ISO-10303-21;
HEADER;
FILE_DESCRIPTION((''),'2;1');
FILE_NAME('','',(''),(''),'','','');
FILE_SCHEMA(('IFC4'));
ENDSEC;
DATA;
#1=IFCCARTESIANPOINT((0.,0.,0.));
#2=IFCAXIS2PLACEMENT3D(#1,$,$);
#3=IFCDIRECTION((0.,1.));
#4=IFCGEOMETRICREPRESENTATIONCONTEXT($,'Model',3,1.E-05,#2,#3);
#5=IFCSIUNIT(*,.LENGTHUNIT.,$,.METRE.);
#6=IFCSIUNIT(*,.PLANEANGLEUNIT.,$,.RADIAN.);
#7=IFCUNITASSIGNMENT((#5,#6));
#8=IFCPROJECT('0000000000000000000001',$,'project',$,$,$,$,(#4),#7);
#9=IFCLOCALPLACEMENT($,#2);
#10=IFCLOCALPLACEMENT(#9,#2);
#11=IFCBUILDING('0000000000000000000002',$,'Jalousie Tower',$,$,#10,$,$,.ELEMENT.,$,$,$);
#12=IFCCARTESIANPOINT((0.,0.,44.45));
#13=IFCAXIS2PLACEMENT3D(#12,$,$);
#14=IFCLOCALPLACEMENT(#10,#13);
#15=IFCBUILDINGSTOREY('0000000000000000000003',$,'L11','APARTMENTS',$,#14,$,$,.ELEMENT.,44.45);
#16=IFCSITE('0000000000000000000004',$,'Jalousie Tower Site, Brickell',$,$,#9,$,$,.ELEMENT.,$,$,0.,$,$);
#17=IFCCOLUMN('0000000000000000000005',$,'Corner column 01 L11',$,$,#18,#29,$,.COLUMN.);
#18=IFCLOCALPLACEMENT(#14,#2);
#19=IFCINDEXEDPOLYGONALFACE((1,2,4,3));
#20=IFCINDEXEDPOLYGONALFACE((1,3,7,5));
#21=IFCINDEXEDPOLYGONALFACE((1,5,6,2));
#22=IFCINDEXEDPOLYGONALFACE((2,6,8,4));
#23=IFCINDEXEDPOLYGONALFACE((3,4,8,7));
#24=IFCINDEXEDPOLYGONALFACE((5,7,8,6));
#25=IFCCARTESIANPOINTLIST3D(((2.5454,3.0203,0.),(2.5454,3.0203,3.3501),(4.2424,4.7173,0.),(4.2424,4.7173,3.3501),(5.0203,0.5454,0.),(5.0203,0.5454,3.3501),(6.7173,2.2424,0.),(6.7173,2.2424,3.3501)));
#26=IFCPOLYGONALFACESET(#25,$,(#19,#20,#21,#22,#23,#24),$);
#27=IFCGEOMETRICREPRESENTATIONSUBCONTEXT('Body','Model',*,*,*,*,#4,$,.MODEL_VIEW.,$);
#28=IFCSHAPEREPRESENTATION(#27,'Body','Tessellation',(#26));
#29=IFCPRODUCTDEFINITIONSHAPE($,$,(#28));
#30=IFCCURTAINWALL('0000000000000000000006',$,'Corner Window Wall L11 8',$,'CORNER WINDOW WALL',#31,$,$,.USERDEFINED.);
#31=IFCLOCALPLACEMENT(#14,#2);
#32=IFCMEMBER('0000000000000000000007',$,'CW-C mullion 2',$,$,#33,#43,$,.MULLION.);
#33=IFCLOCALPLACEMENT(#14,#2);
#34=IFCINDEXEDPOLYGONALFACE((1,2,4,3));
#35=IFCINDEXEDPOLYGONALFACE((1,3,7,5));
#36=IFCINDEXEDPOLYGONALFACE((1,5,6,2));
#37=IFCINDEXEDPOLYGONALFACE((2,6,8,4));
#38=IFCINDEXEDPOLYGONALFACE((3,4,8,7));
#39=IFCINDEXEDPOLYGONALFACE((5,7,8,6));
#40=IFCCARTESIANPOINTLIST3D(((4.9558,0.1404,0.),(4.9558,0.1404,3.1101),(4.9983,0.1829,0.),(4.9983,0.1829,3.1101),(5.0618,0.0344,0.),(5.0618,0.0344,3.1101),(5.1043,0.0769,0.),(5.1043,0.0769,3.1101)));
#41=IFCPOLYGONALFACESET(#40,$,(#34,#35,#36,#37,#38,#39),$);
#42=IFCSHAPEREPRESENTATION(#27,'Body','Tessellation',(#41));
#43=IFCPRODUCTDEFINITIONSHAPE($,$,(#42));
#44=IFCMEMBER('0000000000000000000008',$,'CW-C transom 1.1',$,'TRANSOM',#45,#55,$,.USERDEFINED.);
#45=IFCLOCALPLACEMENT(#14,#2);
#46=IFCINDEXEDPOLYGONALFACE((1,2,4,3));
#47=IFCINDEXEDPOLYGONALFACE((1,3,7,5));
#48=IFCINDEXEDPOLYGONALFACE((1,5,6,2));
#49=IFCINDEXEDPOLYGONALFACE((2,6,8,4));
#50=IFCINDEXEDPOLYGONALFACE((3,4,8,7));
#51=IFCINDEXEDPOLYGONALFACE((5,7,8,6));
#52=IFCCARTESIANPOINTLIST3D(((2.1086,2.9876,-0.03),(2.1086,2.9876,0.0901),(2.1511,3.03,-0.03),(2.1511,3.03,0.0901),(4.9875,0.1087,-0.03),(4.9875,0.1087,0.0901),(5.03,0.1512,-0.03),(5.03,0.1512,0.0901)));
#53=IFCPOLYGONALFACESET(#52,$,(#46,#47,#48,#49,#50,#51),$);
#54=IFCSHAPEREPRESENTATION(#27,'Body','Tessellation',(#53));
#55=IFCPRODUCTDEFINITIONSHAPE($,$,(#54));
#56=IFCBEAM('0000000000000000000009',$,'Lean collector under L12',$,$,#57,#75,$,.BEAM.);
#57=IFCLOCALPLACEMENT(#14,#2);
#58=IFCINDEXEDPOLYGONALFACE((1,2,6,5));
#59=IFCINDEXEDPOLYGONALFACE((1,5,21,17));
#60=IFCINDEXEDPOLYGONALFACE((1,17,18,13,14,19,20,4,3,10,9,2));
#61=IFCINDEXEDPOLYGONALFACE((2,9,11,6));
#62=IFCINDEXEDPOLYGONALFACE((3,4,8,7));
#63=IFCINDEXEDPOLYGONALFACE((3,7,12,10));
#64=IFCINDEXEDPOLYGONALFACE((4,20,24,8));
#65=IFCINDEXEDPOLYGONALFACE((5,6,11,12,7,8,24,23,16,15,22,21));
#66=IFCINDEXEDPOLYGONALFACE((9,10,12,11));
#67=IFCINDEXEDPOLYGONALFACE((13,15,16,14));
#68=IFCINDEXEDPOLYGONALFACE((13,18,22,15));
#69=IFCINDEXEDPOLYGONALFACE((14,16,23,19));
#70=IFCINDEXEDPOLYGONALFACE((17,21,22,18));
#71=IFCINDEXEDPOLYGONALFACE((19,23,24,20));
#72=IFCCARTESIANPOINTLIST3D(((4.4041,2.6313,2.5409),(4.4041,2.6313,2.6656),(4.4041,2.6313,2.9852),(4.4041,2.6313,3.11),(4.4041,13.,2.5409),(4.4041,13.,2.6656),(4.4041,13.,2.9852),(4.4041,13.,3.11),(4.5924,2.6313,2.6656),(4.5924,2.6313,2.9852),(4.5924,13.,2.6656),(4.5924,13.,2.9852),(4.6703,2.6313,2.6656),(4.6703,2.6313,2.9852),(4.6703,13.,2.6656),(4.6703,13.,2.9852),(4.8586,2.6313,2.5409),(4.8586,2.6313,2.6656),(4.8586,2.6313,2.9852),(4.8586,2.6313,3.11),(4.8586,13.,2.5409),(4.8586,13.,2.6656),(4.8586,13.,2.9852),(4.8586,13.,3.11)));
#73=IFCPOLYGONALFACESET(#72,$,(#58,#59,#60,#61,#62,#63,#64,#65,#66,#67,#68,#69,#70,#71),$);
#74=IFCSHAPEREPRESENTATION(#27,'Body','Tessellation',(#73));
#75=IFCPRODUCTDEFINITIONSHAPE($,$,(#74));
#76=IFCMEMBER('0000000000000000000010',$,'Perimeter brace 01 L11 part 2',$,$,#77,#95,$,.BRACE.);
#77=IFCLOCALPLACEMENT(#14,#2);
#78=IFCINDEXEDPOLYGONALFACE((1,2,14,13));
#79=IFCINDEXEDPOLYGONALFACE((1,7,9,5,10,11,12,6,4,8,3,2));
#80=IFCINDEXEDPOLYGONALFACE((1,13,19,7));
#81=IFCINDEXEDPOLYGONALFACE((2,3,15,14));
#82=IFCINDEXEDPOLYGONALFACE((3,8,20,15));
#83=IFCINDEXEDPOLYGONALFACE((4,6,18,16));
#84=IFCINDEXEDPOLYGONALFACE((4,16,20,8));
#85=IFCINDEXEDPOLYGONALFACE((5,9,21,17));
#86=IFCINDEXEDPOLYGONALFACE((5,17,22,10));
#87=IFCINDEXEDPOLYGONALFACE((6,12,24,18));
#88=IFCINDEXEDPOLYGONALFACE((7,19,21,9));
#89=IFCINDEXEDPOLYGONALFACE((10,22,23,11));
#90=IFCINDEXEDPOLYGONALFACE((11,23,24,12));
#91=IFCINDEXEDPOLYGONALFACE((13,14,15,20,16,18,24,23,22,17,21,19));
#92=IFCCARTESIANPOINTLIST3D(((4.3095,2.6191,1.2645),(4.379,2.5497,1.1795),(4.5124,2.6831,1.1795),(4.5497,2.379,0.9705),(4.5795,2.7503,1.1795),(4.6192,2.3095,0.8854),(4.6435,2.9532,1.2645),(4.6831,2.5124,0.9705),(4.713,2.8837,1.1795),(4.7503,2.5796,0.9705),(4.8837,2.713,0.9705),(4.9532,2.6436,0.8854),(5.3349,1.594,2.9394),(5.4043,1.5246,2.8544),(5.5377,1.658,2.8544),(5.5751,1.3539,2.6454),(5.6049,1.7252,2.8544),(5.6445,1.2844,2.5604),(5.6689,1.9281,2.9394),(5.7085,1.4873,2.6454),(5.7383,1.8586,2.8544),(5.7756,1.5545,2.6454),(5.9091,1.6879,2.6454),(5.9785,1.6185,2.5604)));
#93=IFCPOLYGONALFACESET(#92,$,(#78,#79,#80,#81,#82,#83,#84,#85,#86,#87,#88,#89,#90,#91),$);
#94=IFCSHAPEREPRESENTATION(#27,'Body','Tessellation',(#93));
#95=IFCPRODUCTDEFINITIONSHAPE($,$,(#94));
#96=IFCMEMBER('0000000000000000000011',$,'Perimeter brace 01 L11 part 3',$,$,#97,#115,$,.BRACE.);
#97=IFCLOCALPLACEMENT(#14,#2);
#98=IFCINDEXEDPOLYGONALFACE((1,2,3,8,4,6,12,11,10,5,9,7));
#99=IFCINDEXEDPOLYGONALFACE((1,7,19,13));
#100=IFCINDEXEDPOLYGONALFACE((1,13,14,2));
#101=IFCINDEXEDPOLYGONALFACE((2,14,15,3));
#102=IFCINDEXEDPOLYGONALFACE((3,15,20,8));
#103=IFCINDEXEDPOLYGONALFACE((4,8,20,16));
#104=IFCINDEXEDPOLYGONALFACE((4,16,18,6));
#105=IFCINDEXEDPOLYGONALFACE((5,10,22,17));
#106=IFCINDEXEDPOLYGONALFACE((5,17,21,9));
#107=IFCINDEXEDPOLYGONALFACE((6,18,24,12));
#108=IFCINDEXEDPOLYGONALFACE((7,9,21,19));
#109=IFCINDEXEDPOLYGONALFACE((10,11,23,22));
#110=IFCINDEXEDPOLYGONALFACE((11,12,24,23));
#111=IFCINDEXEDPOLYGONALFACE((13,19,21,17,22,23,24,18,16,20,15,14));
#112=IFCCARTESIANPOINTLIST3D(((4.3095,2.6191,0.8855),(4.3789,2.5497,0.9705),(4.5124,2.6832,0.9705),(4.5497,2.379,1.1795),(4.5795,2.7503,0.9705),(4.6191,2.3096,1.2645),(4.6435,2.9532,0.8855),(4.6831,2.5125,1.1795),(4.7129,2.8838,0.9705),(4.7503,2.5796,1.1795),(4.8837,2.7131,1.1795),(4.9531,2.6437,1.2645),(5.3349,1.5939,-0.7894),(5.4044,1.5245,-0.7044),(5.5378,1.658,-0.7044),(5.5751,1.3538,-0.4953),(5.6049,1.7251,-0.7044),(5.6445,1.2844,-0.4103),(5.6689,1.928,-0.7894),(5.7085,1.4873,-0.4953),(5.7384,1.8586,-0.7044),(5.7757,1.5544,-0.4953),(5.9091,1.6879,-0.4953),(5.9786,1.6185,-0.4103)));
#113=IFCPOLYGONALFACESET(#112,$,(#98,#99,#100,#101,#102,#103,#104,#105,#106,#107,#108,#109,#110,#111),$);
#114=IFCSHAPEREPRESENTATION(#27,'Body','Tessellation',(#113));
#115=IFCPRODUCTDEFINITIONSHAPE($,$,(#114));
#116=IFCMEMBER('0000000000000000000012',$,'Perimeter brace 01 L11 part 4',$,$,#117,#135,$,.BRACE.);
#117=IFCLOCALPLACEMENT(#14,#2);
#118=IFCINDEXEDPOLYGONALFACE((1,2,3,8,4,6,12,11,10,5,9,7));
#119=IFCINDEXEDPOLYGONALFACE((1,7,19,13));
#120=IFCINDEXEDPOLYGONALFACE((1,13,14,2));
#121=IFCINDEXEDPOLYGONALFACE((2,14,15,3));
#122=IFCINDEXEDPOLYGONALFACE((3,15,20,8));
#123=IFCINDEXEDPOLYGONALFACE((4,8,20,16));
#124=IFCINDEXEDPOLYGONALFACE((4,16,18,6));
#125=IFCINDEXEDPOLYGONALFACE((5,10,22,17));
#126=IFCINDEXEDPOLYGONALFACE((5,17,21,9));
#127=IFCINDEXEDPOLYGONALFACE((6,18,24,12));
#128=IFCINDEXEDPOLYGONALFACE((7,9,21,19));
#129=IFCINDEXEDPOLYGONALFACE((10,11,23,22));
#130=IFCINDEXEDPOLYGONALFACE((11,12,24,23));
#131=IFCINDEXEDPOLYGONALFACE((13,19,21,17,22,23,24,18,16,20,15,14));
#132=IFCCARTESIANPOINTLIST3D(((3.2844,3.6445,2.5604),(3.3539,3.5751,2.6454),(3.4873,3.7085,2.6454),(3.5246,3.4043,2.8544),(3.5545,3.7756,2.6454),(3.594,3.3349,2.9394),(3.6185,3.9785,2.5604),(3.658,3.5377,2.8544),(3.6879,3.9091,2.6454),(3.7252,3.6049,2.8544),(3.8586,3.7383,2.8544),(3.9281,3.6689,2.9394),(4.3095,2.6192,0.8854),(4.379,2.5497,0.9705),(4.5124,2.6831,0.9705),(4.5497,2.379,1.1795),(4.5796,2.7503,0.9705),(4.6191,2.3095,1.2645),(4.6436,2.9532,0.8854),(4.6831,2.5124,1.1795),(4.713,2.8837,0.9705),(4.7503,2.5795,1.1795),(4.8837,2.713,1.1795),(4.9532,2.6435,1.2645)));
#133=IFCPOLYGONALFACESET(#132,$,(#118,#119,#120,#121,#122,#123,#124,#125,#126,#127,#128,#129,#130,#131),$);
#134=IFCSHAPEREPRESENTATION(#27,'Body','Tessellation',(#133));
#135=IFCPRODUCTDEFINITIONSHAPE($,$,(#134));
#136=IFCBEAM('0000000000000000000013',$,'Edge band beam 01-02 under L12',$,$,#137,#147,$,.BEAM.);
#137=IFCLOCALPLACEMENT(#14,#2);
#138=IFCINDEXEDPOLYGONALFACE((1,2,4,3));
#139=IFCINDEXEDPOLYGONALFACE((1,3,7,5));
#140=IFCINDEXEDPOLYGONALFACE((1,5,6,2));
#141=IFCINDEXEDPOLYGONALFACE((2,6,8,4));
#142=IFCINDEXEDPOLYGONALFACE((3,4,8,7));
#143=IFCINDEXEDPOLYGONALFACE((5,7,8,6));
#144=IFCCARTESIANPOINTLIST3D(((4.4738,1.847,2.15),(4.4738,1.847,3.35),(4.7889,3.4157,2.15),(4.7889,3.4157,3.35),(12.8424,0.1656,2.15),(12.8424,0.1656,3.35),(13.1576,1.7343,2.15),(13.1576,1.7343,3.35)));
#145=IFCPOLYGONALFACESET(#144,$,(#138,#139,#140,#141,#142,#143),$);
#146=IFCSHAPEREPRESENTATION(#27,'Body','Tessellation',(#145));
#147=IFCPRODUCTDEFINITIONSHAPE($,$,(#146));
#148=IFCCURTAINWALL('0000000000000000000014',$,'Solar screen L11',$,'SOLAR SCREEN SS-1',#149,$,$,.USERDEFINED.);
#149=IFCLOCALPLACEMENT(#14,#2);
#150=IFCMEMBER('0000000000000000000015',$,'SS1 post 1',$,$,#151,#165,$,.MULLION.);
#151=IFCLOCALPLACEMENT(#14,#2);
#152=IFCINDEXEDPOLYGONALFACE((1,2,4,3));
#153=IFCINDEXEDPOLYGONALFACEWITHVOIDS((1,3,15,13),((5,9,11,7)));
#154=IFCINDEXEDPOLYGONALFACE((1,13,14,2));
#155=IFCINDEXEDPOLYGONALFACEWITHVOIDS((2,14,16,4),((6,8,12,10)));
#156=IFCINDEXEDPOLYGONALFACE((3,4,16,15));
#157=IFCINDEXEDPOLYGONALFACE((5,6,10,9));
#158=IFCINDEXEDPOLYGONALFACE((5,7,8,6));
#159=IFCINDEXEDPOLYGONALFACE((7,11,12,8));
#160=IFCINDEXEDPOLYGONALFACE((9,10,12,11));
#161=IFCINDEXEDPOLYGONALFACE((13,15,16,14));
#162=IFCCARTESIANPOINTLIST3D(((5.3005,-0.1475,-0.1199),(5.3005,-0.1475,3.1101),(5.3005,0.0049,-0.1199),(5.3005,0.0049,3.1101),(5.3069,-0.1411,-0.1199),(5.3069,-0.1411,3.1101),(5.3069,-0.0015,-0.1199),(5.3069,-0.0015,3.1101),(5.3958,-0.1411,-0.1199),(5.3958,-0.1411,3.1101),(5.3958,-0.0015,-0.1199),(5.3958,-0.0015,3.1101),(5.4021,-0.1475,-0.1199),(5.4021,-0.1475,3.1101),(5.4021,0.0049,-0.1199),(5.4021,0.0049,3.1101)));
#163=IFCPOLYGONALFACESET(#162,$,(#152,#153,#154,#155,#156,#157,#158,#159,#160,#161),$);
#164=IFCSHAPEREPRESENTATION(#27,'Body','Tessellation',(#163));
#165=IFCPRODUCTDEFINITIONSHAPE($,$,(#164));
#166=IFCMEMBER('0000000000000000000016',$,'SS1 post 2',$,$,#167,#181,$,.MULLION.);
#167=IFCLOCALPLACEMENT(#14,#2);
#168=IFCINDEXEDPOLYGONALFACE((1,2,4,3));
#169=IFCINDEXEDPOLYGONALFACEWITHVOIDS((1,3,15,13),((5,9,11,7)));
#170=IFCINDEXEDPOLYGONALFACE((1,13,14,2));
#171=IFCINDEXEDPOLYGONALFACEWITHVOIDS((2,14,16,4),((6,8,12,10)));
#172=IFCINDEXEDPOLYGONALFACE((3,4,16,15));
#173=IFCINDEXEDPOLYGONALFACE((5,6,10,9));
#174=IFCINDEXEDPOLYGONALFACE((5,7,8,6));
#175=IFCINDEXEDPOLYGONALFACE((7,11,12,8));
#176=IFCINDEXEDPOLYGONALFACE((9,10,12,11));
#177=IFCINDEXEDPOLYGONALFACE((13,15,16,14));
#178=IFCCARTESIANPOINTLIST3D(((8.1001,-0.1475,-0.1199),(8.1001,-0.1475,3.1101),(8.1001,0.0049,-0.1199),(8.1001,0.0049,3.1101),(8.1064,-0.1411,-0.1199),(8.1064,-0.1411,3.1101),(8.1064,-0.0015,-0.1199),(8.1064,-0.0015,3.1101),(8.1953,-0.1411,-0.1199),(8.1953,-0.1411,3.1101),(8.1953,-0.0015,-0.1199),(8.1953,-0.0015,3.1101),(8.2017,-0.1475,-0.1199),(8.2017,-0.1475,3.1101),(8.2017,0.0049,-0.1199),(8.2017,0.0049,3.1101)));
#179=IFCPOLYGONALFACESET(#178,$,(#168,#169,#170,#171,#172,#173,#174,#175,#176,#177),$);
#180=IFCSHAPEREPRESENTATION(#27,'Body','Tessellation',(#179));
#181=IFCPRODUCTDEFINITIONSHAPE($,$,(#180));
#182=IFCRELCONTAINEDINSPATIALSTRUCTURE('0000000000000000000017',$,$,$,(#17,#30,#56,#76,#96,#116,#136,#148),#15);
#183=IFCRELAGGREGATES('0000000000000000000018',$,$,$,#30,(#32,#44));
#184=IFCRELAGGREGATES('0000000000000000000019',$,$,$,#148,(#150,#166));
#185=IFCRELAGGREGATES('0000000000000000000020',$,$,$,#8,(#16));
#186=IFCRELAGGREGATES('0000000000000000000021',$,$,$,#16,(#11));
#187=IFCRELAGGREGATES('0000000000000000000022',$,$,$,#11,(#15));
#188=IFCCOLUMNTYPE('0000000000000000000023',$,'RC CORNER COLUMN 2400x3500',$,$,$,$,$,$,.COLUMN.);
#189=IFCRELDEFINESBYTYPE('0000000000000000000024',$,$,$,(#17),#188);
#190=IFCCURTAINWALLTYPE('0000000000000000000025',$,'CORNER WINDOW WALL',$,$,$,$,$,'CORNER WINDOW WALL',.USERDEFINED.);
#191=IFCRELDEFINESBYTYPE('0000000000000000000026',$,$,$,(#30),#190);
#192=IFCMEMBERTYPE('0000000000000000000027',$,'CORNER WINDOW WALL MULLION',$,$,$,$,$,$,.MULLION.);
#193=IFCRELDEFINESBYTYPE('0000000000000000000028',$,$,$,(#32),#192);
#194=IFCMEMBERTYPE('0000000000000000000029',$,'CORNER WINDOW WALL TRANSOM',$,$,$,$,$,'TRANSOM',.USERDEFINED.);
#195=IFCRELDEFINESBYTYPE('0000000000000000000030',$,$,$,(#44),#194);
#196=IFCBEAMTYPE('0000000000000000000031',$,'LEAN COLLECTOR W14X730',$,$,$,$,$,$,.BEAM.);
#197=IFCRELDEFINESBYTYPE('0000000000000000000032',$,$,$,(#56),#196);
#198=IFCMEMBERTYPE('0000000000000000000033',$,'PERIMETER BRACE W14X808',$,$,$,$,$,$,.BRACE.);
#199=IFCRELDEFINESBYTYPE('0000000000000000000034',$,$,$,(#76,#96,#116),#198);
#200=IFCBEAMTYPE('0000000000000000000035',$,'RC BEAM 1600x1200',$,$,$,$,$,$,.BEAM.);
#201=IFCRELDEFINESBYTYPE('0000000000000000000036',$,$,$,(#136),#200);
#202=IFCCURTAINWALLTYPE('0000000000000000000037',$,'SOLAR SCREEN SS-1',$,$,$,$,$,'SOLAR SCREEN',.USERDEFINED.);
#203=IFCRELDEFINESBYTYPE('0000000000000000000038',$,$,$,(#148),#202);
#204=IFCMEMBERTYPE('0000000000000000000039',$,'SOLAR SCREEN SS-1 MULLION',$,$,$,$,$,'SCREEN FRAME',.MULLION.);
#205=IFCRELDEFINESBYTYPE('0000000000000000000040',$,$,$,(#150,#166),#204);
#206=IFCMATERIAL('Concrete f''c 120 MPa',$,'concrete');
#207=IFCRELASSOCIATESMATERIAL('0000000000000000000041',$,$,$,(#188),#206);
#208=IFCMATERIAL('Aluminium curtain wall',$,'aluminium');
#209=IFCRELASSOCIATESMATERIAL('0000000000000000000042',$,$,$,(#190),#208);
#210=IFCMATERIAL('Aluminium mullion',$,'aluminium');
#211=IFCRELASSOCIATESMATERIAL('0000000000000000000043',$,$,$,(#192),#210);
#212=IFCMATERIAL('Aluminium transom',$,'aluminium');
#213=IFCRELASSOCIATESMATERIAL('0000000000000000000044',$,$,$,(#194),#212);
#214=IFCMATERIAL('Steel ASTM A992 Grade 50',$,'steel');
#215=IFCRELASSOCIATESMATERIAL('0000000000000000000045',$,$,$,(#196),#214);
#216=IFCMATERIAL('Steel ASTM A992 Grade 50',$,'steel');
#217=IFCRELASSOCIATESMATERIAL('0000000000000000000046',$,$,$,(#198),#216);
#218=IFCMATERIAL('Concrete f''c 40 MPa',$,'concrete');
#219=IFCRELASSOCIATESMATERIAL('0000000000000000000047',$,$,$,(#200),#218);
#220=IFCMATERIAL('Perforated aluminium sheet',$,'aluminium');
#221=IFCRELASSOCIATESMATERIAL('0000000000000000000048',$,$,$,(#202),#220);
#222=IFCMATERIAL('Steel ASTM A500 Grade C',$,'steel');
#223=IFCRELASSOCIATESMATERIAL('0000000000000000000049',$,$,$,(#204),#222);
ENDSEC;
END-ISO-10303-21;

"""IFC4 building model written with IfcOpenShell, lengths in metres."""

from ifc_helpers import new_model, si_unit, direction, frame, origin, origin_2d, place, context, subcontext, project, spatial, rectangle, hollow_rectangle, i_section, extrude, material, material_profile, profile_set, type_object, element, aggregate, save


model = new_model("IFC4")

# Units and contexts
model_context = context("Model", 3, precision=1e-05, world=origin(), true_north=direction((0.0, 1.0)))
body_context = subcontext(model_context, "Body", "Model", "MODEL_VIEW")
ifc_project = project(units=[si_unit("LENGTHUNIT", "METRE"), si_unit("PLANEANGLEUNIT", "RADIAN")], contexts=[model_context])

# Site, building, storey
site_placement = place(None, origin())
site = spatial("IfcSite", under=ifc_project, at=site_placement, Name="Jalousie Tower Site, Brickell", CompositionType="ELEMENT", RefElevation=0.0)
building_placement = place(site_placement, origin())
building = spatial("IfcBuilding", under=site, at=building_placement, Name="Jalousie Tower", CompositionType="ELEMENT")
storey_placement = place(building_placement, frame((0.0, 0.0, 44.45)))
storey = spatial("IfcBuildingStorey", under=building, at=storey_placement, Name="L11", Description="APARTMENTS", CompositionType="ELEMENT", Elevation=44.45)

# Column
ifc_material_1 = material(Name="Concrete f'c 120 MPa", Category="concrete")
ifc_material_profile_1 = material_profile(ifc_material_1, rectangle(XDim=2.3999, YDim=3.5, at=origin_2d()), Name="RC 2400x3500")
ifc_profile_set_1 = profile_set([ifc_material_profile_1], Name="Concrete f'c 120 MPa")
column_type = type_object("IfcColumnType", Name="RC CORNER COLUMN 2400x3500", PredefinedType="COLUMN", material=ifc_profile_set_1)
column_placement = place(storey_placement, frame((4.6313, 2.6313, 0.0), z_axis=(0.0, 0.0, 1.0), x_axis=(0.707107, 0.707107, 0.0)))
element("IfcColumn", 1, at=column_placement, inside=storey, type_object=column_type, Name="Corner column 01 L11", PredefinedType="COLUMN", context=body_context, shape_type="SweptSolid", body=[
    extrude(rectangle(XDim=2.3999, YDim=3.5, at=origin_2d()), origin(), (0.0, 0.0, 1.0), 3.3501),
])

# Curtain wall, members
ifc_material_2 = material(Name="Aluminium curtain wall", Category="aluminium")
curtain_wall_type_1 = type_object("IfcCurtainWallType", Name="CORNER WINDOW WALL", ElementType="CORNER WINDOW WALL", PredefinedType="USERDEFINED", material=ifc_material_2)
curtain_wall_1_placement = place(storey_placement, origin())
curtain_wall_1 = element("IfcCurtainWall", 2, at=curtain_wall_1_placement, inside=storey, type_object=curtain_wall_type_1, Name="Corner Window Wall L11 8", ObjectType="CORNER WINDOW WALL", PredefinedType="USERDEFINED")
ifc_material_3 = material(Name="Aluminium mullion", Category="aluminium")
ifc_material_profile_2 = material_profile(ifc_material_3, rectangle(XDim=0.0601, YDim=0.1499, at=origin_2d()), Name="MULLION 60x150")
ifc_profile_set_2 = profile_set([ifc_material_profile_2], Name="Aluminium mullion")
member_type_1 = type_object("IfcMemberType", Name="CORNER WINDOW WALL MULLION", PredefinedType="MULLION", material=ifc_profile_set_2)
member_1_placement = place(storey_placement, frame((5.03, 0.1086, 0.0), z_axis=(0.0, 0.0, 1.0), x_axis=(0.707107, 0.707107, 0.0)))
member_1 = element("IfcMember", 3, at=member_1_placement, type_object=member_type_1, Name="CW-C mullion 2", PredefinedType="MULLION", context=body_context, shape_type="SweptSolid", body=[
    extrude(rectangle(XDim=0.0601, YDim=0.1499, at=origin_2d()), origin(), (0.0, 0.0, 1.0), 3.1101),
])
ifc_material_4 = material(Name="Aluminium transom", Category="aluminium")
ifc_material_profile_3 = material_profile(ifc_material_4, rectangle(XDim=0.0601, YDim=0.1201, at=origin_2d()), Name="TRANSOM 60x120")
ifc_profile_set_3 = profile_set([ifc_material_profile_3], Name="Aluminium transom")
member_type_2 = type_object("IfcMemberType", Name="CORNER WINDOW WALL TRANSOM", ElementType="TRANSOM", PredefinedType="USERDEFINED", material=ifc_profile_set_3)
member_2_placement = place(storey_placement, frame((2.1299, 3.0088, 0.03), z_axis=(0.707107, -0.707107, 0.0), x_axis=(0.707107, 0.707107, 0.0)))
member_2 = element("IfcMember", 4, at=member_2_placement, type_object=member_type_2, Name="CW-C transom 1.1", ObjectType="TRANSOM", PredefinedType="USERDEFINED", context=body_context, shape_type="SweptSolid", body=[
    extrude(rectangle(XDim=0.0601, YDim=0.1201, at=origin_2d()), origin(), (0.0, 0.0, 1.0), 4.0713),
])

# Beam
ifc_material_5 = material(Name="Steel ASTM A992 Grade 50", Category="steel")
ifc_material_profile_4 = material_profile(ifc_material_5, i_section(OverallWidth=0.4546, OverallDepth=0.5691, WebThickness=0.0779, FlangeThickness=0.1248, at=origin_2d()), Name="W14X730")
ifc_profile_set_4 = profile_set([ifc_material_profile_4], Name="Steel ASTM A992 Grade 50")
beam_type_1 = type_object("IfcBeamType", Name="LEAN COLLECTOR W14X730", PredefinedType="BEAM", material=ifc_profile_set_4)
beam_1_placement = place(storey_placement, frame((4.6313, 2.6313, 2.8254), z_axis=(0.0, 1.0, 0.0), x_axis=(-1.0, 0.0, 0.0)))
element("IfcBeam", 5, at=beam_1_placement, inside=storey, type_object=beam_type_1, Name="Lean collector under L12", PredefinedType="BEAM", context=body_context, shape_type="SweptSolid", body=[
    extrude(i_section(OverallWidth=0.4546, OverallDepth=0.5691, WebThickness=0.0779, FlangeThickness=0.1248, at=origin_2d()), origin(), (0.0, 0.0, 1.0), 10.3687),
])

# Members
ifc_material_6 = material(Name="Steel ASTM A992 Grade 50", Category="steel")
ifc_material_profile_5 = material_profile(ifc_material_6, i_section(OverallWidth=0.4724, OverallDepth=0.5791, WebThickness=0.095, FlangeThickness=0.1299, at=origin_2d()), Name="W14X808")
ifc_profile_set_5 = profile_set([ifc_material_profile_5], Name="Steel ASTM A992 Grade 50")
member_type_3 = type_object("IfcMemberType", Name="PERIMETER BRACE W14X808", PredefinedType="BRACE", material=ifc_profile_set_5)
for number, where, z_axis, x_axis, name in (
    (6, (4.6313, 2.6313, 1.075), (0.46284, -0.46273, 0.756082), (0.707023, 0.707191, 0.0), "Perimeter brace 01 L11 part 2"),
    (7, (5.6567, 1.6062, -0.5999), (-0.462879, 0.462768, 0.756035), (-0.707023, -0.707191, 0.0), "Perimeter brace 01 L11 part 3"),
    (8, (4.6313, 2.6313, 1.075), (-0.46273, 0.46284, 0.756082), (-0.707191, -0.707023, 0.0), "Perimeter brace 01 L11 part 4"),
):
    element("IfcMember", number, at=place(storey_placement, frame(where, z_axis=z_axis, x_axis=x_axis)), inside=storey, type_object=member_type_3, Name=name, PredefinedType="BRACE", context=body_context, shape_type="SweptSolid", body=[
        extrude(i_section(OverallWidth=0.4724, OverallDepth=0.5791, WebThickness=0.095, FlangeThickness=0.1299, at=origin_2d()), origin(), (0.0, 0.0, 1.0), 2.2153),
    ])

# Beam
ifc_material_7 = material(Name="Concrete f'c 40 MPa", Category="concrete")
ifc_material_profile_6 = material_profile(ifc_material_7, rectangle(XDim=1.6001, YDim=1.2, at=origin_2d()), Name="RC 1600x1200")
ifc_profile_set_6 = profile_set([ifc_material_profile_6], Name="Concrete f'c 40 MPa")
beam_type_2 = type_object("IfcBeamType", Name="RC BEAM 1600x1200", PredefinedType="BEAM", material=ifc_profile_set_6)
beam_2_placement = place(storey_placement, frame((4.6313, 2.6313, 2.75), z_axis=(0.980408, -0.19698, 0.0), x_axis=(0.19698, 0.980408, 0.0)))
element("IfcBeam", 9, at=beam_2_placement, inside=storey, type_object=beam_type_2, Name="Edge band beam 01-02 under L12", PredefinedType="BEAM", context=body_context, shape_type="SweptSolid", body=[
    extrude(rectangle(XDim=1.6001, YDim=1.2, at=origin_2d()), origin(), (0.0, 0.0, 1.0), 8.5359),
])

# Curtain wall, members
ifc_material_8 = material(Name="Perforated aluminium sheet", Category="aluminium")
curtain_wall_type_2 = type_object("IfcCurtainWallType", Name="SOLAR SCREEN SS-1", ElementType="SOLAR SCREEN", PredefinedType="USERDEFINED", material=ifc_material_8)
curtain_wall_2_placement = place(storey_placement, origin())
curtain_wall_2 = element("IfcCurtainWall", 10, at=curtain_wall_2_placement, inside=storey, type_object=curtain_wall_type_2, Name="Solar screen L11", ObjectType="SOLAR SCREEN SS-1", PredefinedType="USERDEFINED")
ifc_material_9 = material(Name="Steel ASTM A500 Grade C", Category="steel")
ifc_material_profile_7 = material_profile(ifc_material_9, hollow_rectangle(XDim=0.1016, YDim=0.1523, WallThickness=0.0063, at=origin_2d()), Name="HSS6X4X1/4")
ifc_profile_set_7 = profile_set([ifc_material_profile_7], Name="Steel ASTM A500 Grade C")
member_type_4 = type_object("IfcMemberType", Name="SOLAR SCREEN SS-1 MULLION", ElementType="SCREEN FRAME", PredefinedType="MULLION", material=ifc_profile_set_7)
member_3_placement = place(storey_placement, frame((5.3513, -0.0713, -0.1199), z_axis=(0.0, 0.0, 1.0), x_axis=(1.0, 0.0, 0.0)))
member_3 = element("IfcMember", 11, at=member_3_placement, type_object=member_type_4, Name="SS1 post 1", PredefinedType="MULLION", context=body_context, shape_type="SweptSolid", body=[
    extrude(hollow_rectangle(XDim=0.1016, YDim=0.1523, WallThickness=0.0063, at=origin_2d()), origin(), (0.0, 0.0, 1.0), 3.23),
])
member_4_placement = place(storey_placement, frame((8.1509, -0.0713, -0.1199), z_axis=(0.0, 0.0, 1.0), x_axis=(1.0, 0.0, 0.0)))
member_4 = element("IfcMember", 12, at=member_4_placement, type_object=member_type_4, Name="SS1 post 2", PredefinedType="MULLION", context=body_context, shape_type="SweptSolid", body=[
    extrude(hollow_rectangle(XDim=0.1016, YDim=0.1523, WallThickness=0.0063, at=origin_2d()), origin(), (0.0, 0.0, 1.0), 3.23),
])

aggregate(curtain_wall_1, [member_1, member_2])

aggregate(curtain_wall_2, [member_3, member_4])

save(model, "model.ifc")
